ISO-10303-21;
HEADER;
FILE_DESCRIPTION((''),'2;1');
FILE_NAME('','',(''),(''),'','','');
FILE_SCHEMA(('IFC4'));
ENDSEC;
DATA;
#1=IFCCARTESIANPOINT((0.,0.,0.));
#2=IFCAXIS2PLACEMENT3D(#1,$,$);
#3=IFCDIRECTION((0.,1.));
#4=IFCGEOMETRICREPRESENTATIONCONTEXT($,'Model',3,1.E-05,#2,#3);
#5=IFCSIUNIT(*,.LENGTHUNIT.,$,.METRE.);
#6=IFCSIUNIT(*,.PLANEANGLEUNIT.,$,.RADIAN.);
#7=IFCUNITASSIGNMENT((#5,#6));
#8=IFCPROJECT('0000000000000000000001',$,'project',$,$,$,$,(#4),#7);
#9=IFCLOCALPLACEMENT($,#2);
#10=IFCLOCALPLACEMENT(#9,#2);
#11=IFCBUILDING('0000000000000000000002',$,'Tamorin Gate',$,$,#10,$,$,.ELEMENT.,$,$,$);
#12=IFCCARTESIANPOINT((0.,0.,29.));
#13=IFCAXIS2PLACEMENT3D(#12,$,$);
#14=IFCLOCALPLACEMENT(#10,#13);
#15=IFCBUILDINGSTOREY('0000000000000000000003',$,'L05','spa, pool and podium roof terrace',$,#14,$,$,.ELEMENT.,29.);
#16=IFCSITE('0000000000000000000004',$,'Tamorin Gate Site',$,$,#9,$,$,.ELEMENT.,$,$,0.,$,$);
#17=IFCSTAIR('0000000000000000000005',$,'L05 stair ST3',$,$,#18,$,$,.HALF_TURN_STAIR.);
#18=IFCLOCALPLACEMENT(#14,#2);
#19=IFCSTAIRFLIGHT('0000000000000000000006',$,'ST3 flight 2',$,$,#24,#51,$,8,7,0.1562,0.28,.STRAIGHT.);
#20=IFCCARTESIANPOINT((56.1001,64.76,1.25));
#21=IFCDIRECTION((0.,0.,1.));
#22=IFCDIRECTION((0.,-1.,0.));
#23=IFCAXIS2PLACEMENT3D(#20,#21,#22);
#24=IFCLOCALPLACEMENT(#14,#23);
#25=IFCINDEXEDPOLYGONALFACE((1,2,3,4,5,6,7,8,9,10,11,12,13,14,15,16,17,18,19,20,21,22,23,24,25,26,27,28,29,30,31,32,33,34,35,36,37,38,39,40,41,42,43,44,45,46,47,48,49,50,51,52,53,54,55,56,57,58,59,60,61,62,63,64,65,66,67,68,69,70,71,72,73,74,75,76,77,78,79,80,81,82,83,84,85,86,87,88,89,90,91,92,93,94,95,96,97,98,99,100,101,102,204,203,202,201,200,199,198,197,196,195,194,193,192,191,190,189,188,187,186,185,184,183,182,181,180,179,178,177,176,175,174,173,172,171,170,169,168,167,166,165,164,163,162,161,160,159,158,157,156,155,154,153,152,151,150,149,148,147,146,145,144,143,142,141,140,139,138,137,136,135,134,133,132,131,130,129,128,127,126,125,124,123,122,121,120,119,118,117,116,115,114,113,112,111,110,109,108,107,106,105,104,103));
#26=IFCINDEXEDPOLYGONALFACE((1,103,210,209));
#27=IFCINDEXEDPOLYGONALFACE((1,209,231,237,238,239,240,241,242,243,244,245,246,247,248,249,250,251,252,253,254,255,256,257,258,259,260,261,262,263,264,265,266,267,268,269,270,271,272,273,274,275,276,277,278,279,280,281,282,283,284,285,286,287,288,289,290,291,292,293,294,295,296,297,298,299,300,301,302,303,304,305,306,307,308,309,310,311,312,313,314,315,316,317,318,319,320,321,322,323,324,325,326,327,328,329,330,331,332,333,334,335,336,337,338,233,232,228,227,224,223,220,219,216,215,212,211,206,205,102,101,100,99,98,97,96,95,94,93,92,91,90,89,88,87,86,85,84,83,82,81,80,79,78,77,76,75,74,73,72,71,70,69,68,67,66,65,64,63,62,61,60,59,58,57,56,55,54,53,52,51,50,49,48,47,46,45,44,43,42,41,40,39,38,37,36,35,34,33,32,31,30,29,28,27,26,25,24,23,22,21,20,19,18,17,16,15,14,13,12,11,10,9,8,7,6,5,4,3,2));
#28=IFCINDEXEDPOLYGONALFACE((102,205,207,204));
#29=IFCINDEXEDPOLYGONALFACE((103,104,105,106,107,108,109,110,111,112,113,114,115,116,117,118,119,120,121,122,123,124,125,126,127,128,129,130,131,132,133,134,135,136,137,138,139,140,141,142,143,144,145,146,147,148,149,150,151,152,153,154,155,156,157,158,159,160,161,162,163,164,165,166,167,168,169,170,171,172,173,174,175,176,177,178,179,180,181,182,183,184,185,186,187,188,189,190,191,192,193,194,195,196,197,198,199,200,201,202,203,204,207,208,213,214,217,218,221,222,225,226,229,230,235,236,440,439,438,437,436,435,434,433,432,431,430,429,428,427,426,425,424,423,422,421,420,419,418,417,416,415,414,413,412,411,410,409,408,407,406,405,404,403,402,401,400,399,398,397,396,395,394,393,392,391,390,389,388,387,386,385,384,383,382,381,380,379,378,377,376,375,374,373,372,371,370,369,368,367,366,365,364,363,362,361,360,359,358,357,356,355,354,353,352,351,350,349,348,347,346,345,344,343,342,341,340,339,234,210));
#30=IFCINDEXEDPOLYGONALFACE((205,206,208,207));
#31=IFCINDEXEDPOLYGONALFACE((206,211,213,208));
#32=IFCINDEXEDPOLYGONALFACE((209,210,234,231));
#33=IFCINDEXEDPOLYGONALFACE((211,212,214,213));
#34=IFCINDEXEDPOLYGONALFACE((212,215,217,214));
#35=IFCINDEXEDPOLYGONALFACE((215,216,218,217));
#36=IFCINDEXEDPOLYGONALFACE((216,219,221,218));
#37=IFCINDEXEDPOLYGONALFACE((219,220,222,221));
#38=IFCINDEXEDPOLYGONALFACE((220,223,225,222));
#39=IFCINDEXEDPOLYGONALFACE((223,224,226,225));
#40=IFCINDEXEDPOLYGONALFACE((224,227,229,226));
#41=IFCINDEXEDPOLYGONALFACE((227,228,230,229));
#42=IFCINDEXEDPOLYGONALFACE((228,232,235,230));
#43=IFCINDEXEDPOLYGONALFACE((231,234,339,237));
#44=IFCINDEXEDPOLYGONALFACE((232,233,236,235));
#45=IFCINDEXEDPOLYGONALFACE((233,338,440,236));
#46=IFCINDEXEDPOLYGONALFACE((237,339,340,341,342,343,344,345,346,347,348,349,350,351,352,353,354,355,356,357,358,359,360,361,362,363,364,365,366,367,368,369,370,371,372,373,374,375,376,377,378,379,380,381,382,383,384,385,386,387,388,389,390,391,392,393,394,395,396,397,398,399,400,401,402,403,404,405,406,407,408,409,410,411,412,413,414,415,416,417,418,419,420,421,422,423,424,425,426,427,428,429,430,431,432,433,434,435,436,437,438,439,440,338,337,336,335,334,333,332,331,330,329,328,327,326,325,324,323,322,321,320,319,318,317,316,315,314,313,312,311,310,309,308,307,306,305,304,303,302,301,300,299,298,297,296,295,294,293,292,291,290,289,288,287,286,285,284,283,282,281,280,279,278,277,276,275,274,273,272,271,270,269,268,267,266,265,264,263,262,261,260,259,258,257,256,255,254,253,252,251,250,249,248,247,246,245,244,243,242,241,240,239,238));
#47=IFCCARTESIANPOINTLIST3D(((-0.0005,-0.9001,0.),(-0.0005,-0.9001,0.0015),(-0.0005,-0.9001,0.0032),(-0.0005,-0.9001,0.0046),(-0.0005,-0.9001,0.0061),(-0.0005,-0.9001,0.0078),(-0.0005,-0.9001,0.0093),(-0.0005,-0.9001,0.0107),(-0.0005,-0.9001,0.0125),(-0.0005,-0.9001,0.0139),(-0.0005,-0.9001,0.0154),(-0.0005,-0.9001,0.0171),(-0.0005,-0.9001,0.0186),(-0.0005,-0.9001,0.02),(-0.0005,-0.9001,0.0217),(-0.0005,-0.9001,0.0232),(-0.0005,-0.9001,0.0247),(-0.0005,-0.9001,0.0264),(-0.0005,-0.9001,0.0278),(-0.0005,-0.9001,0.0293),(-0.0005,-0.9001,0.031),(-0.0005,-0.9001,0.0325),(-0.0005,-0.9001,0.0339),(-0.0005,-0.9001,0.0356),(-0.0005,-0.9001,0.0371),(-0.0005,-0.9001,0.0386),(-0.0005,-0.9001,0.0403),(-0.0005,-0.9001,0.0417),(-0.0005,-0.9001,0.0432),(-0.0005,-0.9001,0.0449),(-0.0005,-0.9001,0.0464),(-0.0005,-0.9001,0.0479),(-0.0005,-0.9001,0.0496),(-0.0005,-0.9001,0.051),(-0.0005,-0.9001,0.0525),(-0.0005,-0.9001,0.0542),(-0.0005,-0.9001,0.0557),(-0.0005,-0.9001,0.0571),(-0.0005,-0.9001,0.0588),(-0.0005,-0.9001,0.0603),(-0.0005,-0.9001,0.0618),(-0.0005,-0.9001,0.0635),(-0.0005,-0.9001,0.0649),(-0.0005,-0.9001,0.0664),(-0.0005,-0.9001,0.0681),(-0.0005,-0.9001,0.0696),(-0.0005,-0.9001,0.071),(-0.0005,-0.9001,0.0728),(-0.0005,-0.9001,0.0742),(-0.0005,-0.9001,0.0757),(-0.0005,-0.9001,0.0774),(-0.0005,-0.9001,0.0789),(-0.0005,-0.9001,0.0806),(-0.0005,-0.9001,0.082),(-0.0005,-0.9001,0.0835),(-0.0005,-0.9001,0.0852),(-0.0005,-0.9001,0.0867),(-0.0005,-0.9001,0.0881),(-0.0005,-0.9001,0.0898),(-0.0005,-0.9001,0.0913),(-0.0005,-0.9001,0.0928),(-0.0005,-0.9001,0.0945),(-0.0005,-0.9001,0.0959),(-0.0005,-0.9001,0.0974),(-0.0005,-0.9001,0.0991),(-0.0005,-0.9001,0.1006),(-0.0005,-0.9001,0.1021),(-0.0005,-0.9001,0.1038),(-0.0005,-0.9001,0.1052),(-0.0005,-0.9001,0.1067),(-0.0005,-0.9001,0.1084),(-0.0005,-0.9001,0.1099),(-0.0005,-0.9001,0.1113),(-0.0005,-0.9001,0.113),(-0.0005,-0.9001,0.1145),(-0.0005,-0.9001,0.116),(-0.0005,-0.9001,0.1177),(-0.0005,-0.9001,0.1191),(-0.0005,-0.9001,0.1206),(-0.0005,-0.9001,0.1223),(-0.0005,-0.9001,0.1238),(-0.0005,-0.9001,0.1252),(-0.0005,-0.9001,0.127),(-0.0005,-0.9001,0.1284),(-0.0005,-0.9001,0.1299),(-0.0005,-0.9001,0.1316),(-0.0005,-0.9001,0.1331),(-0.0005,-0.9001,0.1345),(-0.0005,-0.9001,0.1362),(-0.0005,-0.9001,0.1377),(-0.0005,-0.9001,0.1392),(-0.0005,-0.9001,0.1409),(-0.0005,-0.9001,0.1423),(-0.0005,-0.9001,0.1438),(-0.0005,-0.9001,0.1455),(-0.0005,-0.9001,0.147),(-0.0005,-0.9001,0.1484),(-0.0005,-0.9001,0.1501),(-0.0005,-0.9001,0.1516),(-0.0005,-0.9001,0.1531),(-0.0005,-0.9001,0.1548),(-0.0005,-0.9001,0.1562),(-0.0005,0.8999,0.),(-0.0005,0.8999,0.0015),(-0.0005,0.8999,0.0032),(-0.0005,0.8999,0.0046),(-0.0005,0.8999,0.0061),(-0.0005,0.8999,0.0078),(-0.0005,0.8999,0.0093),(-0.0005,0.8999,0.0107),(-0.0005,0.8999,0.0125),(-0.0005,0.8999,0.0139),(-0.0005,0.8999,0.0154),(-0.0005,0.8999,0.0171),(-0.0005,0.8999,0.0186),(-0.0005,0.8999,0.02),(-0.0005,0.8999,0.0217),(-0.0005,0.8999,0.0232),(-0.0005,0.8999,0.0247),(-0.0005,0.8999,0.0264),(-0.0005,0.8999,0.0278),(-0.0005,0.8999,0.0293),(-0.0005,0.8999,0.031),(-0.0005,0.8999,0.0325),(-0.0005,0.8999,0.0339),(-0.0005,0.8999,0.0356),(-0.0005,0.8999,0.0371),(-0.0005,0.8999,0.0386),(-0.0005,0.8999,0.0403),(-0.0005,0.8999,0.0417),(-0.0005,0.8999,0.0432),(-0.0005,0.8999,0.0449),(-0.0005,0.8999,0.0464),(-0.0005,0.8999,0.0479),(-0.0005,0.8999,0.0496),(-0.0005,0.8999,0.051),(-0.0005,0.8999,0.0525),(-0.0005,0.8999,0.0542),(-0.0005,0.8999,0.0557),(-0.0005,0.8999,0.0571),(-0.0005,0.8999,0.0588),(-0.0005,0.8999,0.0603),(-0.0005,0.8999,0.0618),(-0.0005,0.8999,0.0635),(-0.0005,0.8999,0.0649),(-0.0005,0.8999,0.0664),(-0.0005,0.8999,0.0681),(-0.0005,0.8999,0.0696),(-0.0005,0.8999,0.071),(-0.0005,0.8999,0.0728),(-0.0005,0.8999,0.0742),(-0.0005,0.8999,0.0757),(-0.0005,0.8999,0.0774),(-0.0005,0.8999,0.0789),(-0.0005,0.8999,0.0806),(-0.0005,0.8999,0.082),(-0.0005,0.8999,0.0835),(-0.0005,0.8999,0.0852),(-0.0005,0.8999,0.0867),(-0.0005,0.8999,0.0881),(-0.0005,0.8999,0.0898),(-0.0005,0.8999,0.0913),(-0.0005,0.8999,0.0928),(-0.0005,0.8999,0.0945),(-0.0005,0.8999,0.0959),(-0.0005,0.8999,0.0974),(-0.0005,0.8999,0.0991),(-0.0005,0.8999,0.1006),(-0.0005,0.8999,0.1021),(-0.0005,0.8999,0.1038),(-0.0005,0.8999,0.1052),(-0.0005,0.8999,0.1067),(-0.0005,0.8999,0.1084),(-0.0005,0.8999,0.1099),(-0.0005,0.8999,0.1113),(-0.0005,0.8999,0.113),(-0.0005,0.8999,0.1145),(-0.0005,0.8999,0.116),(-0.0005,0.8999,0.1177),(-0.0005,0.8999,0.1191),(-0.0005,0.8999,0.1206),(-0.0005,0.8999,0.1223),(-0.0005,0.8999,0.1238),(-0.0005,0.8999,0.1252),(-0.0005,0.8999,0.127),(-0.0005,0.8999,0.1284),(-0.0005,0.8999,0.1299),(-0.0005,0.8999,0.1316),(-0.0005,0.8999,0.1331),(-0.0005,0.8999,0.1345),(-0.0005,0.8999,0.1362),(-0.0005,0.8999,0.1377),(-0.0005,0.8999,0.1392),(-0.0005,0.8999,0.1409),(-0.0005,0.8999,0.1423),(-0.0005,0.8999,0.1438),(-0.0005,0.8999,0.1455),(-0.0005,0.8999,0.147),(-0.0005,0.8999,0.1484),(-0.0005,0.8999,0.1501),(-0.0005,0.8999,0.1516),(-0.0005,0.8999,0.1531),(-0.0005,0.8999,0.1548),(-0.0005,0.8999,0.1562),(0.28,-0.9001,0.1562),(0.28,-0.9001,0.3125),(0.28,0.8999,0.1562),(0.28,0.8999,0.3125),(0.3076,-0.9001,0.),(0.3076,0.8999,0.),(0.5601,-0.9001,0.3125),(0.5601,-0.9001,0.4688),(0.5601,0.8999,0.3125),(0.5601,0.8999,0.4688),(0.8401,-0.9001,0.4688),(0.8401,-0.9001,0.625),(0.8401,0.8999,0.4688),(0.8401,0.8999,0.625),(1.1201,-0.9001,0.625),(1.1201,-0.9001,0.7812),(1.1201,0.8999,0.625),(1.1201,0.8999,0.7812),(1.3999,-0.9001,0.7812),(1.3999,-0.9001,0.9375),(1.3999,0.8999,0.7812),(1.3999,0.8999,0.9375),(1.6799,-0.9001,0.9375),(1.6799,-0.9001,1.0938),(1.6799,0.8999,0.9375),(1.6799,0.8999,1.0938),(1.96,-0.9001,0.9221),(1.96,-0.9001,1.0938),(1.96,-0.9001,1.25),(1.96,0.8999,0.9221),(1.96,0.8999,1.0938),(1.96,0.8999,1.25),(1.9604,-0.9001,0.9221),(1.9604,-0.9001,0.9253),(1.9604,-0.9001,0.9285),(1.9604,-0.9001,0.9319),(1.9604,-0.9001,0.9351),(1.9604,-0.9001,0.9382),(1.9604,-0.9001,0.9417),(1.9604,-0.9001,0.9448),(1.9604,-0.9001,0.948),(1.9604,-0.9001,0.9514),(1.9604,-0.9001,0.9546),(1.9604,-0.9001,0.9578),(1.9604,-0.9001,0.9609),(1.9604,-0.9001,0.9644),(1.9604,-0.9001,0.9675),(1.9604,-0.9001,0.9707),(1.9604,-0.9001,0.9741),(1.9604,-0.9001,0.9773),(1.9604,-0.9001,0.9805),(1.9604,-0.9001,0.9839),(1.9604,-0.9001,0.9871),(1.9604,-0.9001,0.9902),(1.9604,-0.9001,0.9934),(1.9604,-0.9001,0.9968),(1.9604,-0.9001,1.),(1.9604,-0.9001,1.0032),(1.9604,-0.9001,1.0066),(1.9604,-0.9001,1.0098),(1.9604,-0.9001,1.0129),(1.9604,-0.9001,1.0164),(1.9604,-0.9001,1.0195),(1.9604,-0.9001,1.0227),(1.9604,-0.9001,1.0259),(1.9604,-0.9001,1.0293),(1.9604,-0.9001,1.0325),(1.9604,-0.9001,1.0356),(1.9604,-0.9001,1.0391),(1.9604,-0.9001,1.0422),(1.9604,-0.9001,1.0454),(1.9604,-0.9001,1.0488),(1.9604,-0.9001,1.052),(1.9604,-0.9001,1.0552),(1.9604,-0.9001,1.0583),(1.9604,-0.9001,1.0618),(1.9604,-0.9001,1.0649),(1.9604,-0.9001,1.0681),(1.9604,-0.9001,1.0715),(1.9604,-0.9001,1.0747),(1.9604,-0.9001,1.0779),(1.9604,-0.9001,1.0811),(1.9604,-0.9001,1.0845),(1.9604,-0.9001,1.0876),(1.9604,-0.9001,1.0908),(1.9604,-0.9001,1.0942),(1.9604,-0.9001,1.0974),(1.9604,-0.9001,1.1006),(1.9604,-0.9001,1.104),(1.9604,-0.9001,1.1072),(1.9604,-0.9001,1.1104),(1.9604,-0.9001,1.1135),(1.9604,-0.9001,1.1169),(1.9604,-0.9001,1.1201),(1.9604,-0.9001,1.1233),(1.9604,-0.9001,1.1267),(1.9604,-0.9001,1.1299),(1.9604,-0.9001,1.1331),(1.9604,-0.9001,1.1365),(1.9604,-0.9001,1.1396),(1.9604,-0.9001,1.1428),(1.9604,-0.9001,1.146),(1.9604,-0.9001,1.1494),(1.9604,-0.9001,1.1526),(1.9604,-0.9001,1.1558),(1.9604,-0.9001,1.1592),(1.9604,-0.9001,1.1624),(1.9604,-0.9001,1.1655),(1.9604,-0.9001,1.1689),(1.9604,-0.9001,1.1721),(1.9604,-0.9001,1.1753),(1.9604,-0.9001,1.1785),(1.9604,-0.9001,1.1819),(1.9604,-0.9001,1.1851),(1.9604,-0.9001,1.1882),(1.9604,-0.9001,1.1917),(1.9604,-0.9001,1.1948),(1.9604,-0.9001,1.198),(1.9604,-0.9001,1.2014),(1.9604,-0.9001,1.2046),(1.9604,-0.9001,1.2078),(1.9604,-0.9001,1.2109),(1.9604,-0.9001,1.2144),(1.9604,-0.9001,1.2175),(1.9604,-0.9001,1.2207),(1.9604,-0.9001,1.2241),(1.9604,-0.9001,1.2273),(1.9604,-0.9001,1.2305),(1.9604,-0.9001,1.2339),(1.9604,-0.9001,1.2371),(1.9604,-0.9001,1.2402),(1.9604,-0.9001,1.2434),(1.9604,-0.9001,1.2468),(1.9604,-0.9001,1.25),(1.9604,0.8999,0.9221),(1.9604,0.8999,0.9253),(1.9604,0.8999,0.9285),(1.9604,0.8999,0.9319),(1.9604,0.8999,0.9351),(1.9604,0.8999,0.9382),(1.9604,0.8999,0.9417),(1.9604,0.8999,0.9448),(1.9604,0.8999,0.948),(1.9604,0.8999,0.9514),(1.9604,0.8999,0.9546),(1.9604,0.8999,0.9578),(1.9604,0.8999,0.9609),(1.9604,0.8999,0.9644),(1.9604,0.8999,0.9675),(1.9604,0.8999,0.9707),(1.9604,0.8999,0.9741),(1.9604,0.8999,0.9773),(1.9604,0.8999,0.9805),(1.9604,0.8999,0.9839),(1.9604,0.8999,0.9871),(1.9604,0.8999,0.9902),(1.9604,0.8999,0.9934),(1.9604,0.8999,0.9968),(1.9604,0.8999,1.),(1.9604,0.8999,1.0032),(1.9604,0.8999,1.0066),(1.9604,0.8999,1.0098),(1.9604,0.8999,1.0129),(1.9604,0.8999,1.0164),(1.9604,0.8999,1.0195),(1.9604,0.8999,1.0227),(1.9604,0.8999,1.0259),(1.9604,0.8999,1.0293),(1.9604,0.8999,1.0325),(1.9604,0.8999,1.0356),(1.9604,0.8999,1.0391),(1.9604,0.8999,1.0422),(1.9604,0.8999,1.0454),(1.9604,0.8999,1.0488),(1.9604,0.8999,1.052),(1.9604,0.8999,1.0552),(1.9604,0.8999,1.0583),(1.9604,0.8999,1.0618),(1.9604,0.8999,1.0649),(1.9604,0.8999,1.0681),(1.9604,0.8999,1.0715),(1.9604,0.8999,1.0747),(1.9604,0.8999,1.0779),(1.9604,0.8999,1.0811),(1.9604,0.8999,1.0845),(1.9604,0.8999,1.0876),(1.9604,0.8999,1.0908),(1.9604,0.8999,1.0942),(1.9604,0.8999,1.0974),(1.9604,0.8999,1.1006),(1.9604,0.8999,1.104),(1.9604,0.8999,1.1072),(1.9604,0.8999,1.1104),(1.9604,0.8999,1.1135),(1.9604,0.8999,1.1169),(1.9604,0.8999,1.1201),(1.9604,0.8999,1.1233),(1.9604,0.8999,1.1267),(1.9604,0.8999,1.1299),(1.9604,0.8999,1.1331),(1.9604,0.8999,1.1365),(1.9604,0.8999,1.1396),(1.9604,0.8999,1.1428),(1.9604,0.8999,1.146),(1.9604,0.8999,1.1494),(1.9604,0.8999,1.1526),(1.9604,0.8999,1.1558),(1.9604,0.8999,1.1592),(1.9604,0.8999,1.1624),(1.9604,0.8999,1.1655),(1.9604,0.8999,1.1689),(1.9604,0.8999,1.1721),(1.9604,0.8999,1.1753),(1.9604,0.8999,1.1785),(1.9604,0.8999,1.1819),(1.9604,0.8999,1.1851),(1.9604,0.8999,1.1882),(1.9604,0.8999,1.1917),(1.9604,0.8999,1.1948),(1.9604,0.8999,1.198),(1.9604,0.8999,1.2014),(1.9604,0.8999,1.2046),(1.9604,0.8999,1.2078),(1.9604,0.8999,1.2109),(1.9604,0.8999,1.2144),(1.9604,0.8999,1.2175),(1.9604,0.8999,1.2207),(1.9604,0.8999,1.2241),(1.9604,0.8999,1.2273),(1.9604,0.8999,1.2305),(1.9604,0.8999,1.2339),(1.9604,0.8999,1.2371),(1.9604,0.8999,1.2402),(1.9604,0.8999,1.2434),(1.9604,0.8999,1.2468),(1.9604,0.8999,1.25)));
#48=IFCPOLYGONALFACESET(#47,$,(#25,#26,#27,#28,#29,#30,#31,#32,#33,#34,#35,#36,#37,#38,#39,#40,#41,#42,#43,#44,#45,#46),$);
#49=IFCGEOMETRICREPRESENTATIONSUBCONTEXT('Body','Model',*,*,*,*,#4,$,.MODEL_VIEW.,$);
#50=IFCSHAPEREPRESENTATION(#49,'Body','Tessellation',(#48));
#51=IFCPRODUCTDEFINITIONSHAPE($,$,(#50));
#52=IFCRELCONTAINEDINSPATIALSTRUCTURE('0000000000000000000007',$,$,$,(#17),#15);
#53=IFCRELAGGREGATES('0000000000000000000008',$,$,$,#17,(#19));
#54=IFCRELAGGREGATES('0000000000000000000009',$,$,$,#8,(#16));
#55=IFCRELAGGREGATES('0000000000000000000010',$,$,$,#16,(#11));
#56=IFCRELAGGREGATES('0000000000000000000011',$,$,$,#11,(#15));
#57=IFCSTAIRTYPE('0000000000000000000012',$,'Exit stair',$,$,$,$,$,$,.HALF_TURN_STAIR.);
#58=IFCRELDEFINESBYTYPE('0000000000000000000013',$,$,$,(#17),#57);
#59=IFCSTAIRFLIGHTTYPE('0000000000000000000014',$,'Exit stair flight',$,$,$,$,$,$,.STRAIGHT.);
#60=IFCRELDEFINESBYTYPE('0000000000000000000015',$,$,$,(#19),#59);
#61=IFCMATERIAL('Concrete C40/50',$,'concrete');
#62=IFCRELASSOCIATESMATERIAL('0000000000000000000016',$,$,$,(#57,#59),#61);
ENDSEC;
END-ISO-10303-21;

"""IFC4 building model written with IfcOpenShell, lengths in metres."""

from ifc_helpers import new_model, si_unit, direction, frame, origin, place, context, subcontext, project, spatial, polyline, outline, extrude, material, type_object, element, aggregate, save


model = new_model("IFC4")

# Units and contexts
model_context = context("Model", 3, precision=1e-05, world=origin(), true_north=direction((0.0, 1.0)))
body_context = subcontext(model_context, "Body", "Model", "MODEL_VIEW")
ifc_project = project(units=[si_unit("LENGTHUNIT", "METRE"), si_unit("PLANEANGLEUNIT", "RADIAN")], contexts=[model_context])

# Site, building, storey
site_placement = place(None, origin())
site = spatial("IfcSite", under=ifc_project, at=site_placement, Name="Tamorin Gate Site", CompositionType="ELEMENT", RefElevation=0.0)
building_placement = place(site_placement, origin())
building = spatial("IfcBuilding", under=site, at=building_placement, Name="Tamorin Gate", CompositionType="ELEMENT")
storey_placement = place(building_placement, frame((0.0, 0.0, 29.0)))
storey = spatial("IfcBuildingStorey", under=building, at=storey_placement, Name="L05", Description="spa, pool and podium roof terrace", CompositionType="ELEMENT", Elevation=29.0)

# Stair, stair flight
ifc_material_1 = material(Name="Concrete C40/50", Category="concrete")
stair_type = type_object("IfcStairType", Name="Exit stair", PredefinedType="HALF_TURN_STAIR", material=ifc_material_1)
stair_placement = place(storey_placement, origin())
stair = element("IfcStair", 1, at=stair_placement, inside=storey, type_object=stair_type, Name="L05 stair ST3", PredefinedType="HALF_TURN_STAIR")
stair_flight_type = type_object("IfcStairFlightType", Name="Exit stair flight", PredefinedType="STRAIGHT", material=ifc_material_1)
stair_flight_1_placement = place(storey_placement, frame((56.1001, 64.76, 1.25), z_axis=(0.0, 0.0, 1.0), x_axis=(0.0, -1.0, 0.0)))
stair_flight_1 = element("IfcStairFlight", 2, at=stair_flight_1_placement, type_object=stair_flight_type, Name="ST3 flight 2", NumberOfRisers=8, NumberOfTreads=7, PredefinedType="STRAIGHT", RiserHeight=0.1562, TreadLength=0.28, context=body_context, shape_type="SweptSolid", body=[
    extrude(outline(polyline([(-0.0005, 0.0), (-0.0005, 0.0015), (-0.0005, 0.0032), (-0.0005, 0.0046), (-0.0005, 0.0061), (-0.0005, 0.0078), (-0.0005, 0.0093), (-0.0005, 0.0107), (-0.0005, 0.0125), (-0.0005, 0.0139), (-0.0005, 0.0154), (-0.0005, 0.0171), (-0.0005, 0.0186), (-0.0005, 0.02), (-0.0005, 0.0217), (-0.0005, 0.0232), (-0.0005, 0.0247), (-0.0005, 0.0264), (-0.0005, 0.0278), (-0.0005, 0.0293), (-0.0005, 0.031), (-0.0005, 0.0325), (-0.0005, 0.0339), (-0.0005, 0.0356), (-0.0005, 0.0371), (-0.0005, 0.0386), (-0.0005, 0.0403), (-0.0005, 0.0417), (-0.0005, 0.0432), (-0.0005, 0.0449), (-0.0005, 0.0464), (-0.0005, 0.0479), (-0.0005, 0.0496), (-0.0005, 0.051), (-0.0005, 0.0525), (-0.0005, 0.0542), (-0.0005, 0.0557), (-0.0005, 0.0571), (-0.0005, 0.0588), (-0.0005, 0.0603), (-0.0005, 0.0618), (-0.0005, 0.0635), (-0.0005, 0.0649), (-0.0005, 0.0664), (-0.0005, 0.0681), (-0.0005, 0.0696), (-0.0005, 0.071), (-0.0005, 0.0728), (-0.0005, 0.0742), (-0.0005, 0.0757), (-0.0005, 0.0774), (-0.0005, 0.0789), (-0.0005, 0.0806), (-0.0005, 0.082), (-0.0005, 0.0835), (-0.0005, 0.0852), (-0.0005, 0.0867), (-0.0005, 0.0881), (-0.0005, 0.0898), (-0.0005, 0.0913), (-0.0005, 0.0928), (-0.0005, 0.0945), (-0.0005, 0.0959), (-0.0005, 0.0974), (-0.0005, 0.0991), (-0.0005, 0.1006), (-0.0005, 0.1021), (-0.0005, 0.1038), (-0.0005, 0.1052), (-0.0005, 0.1067), (-0.0005, 0.1084), (-0.0005, 0.1099), (-0.0005, 0.1113), (-0.0005, 0.113), (-0.0005, 0.1145), (-0.0005, 0.116), (-0.0005, 0.1177), (-0.0005, 0.1191), (-0.0005, 0.1206), (-0.0005, 0.1223), (-0.0005, 0.1238), (-0.0005, 0.1252), (-0.0005, 0.127), (-0.0005, 0.1284), (-0.0005, 0.1299), (-0.0005, 0.1316), (-0.0005, 0.1331), (-0.0005, 0.1345), (-0.0005, 0.1362), (-0.0005, 0.1377), (-0.0005, 0.1392), (-0.0005, 0.1409), (-0.0005, 0.1423), (-0.0005, 0.1438), (-0.0005, 0.1455), (-0.0005, 0.147), (-0.0005, 0.1484), (-0.0005, 0.1501), (-0.0005, 0.1516), (-0.0005, 0.1531), (-0.0005, 0.1548), (-0.0005, 0.1562), (0.28, 0.1562), (0.28, 0.3125), (0.5601, 0.3125), (0.5601, 0.4688), (0.8401, 0.4688), (0.8401, 0.625), (1.1201, 0.625), (1.1201, 0.7812), (1.3999, 0.7812), (1.3999, 0.9375), (1.6799, 0.9375), (1.6799, 1.0938), (1.96, 1.0938), (1.96, 1.25), (1.9604, 1.25), (1.9604, 1.2468), (1.9604, 1.2434), (1.9604, 1.2402), (1.9604, 1.2371), (1.9604, 1.2339), (1.9604, 1.2305), (1.9604, 1.2273), (1.9604, 1.2241), (1.9604, 1.2207), (1.9604, 1.2175), (1.9604, 1.2144), (1.9604, 1.2109), (1.9604, 1.2078), (1.9604, 1.2046), (1.9604, 1.2014), (1.9604, 1.198), (1.9604, 1.1948), (1.9604, 1.1917), (1.9604, 1.1882), (1.9604, 1.1851), (1.9604, 1.1819), (1.9604, 1.1785), (1.9604, 1.1753), (1.9604, 1.1721), (1.9604, 1.1689), (1.9604, 1.1655), (1.9604, 1.1624), (1.9604, 1.1592), (1.9604, 1.1558), (1.9604, 1.1526), (1.9604, 1.1494), (1.9604, 1.146), (1.9604, 1.1428), (1.9604, 1.1396), (1.9604, 1.1365), (1.9604, 1.1331), (1.9604, 1.1299), (1.9604, 1.1267), (1.9604, 1.1233), (1.9604, 1.1201), (1.9604, 1.1169), (1.9604, 1.1135), (1.9604, 1.1104), (1.9604, 1.1072), (1.9604, 1.104), (1.9604, 1.1006), (1.9604, 1.0974), (1.9604, 1.0942), (1.9604, 1.0908), (1.9604, 1.0876), (1.9604, 1.0845), (1.9604, 1.0811), (1.9604, 1.0779), (1.9604, 1.0747), (1.9604, 1.0715), (1.9604, 1.0681), (1.9604, 1.0649), (1.9604, 1.0618), (1.9604, 1.0583), (1.9604, 1.0552), (1.9604, 1.052), (1.9604, 1.0488), (1.9604, 1.0454), (1.9604, 1.0422), (1.9604, 1.0391), (1.9604, 1.0356), (1.9604, 1.0325), (1.9604, 1.0293), (1.9604, 1.0259), (1.9604, 1.0227), (1.9604, 1.0195), (1.9604, 1.0164), (1.9604, 1.0129), (1.9604, 1.0098), (1.9604, 1.0066), (1.9604, 1.0032), (1.9604, 1.0), (1.9604, 0.9968), (1.9604, 0.9934), (1.9604, 0.9902), (1.9604, 0.9871), (1.9604, 0.9839), (1.9604, 0.9805), (1.9604, 0.9773), (1.9604, 0.9741), (1.9604, 0.9707), (1.9604, 0.9675), (1.9604, 0.9644), (1.9604, 0.9609), (1.9604, 0.9578), (1.9604, 0.9546), (1.9604, 0.9514), (1.9604, 0.948), (1.9604, 0.9448), (1.9604, 0.9417), (1.9604, 0.9382), (1.9604, 0.9351), (1.9604, 0.9319), (1.9604, 0.9285), (1.9604, 0.9253), (1.9604, 0.9221), (1.96, 0.9221), (0.3076, 0.0), (-0.0005, 0.0)])), frame((0.0, 0.8999, 0.0), z_axis=(0.0, -1.0, 0.0), x_axis=(1.0, 0.0, 0.0)), (0.0, 0.0, 1.0), 1.8),
])
aggregate(stair, [stair_flight_1])

save(model, "model.ifc")
